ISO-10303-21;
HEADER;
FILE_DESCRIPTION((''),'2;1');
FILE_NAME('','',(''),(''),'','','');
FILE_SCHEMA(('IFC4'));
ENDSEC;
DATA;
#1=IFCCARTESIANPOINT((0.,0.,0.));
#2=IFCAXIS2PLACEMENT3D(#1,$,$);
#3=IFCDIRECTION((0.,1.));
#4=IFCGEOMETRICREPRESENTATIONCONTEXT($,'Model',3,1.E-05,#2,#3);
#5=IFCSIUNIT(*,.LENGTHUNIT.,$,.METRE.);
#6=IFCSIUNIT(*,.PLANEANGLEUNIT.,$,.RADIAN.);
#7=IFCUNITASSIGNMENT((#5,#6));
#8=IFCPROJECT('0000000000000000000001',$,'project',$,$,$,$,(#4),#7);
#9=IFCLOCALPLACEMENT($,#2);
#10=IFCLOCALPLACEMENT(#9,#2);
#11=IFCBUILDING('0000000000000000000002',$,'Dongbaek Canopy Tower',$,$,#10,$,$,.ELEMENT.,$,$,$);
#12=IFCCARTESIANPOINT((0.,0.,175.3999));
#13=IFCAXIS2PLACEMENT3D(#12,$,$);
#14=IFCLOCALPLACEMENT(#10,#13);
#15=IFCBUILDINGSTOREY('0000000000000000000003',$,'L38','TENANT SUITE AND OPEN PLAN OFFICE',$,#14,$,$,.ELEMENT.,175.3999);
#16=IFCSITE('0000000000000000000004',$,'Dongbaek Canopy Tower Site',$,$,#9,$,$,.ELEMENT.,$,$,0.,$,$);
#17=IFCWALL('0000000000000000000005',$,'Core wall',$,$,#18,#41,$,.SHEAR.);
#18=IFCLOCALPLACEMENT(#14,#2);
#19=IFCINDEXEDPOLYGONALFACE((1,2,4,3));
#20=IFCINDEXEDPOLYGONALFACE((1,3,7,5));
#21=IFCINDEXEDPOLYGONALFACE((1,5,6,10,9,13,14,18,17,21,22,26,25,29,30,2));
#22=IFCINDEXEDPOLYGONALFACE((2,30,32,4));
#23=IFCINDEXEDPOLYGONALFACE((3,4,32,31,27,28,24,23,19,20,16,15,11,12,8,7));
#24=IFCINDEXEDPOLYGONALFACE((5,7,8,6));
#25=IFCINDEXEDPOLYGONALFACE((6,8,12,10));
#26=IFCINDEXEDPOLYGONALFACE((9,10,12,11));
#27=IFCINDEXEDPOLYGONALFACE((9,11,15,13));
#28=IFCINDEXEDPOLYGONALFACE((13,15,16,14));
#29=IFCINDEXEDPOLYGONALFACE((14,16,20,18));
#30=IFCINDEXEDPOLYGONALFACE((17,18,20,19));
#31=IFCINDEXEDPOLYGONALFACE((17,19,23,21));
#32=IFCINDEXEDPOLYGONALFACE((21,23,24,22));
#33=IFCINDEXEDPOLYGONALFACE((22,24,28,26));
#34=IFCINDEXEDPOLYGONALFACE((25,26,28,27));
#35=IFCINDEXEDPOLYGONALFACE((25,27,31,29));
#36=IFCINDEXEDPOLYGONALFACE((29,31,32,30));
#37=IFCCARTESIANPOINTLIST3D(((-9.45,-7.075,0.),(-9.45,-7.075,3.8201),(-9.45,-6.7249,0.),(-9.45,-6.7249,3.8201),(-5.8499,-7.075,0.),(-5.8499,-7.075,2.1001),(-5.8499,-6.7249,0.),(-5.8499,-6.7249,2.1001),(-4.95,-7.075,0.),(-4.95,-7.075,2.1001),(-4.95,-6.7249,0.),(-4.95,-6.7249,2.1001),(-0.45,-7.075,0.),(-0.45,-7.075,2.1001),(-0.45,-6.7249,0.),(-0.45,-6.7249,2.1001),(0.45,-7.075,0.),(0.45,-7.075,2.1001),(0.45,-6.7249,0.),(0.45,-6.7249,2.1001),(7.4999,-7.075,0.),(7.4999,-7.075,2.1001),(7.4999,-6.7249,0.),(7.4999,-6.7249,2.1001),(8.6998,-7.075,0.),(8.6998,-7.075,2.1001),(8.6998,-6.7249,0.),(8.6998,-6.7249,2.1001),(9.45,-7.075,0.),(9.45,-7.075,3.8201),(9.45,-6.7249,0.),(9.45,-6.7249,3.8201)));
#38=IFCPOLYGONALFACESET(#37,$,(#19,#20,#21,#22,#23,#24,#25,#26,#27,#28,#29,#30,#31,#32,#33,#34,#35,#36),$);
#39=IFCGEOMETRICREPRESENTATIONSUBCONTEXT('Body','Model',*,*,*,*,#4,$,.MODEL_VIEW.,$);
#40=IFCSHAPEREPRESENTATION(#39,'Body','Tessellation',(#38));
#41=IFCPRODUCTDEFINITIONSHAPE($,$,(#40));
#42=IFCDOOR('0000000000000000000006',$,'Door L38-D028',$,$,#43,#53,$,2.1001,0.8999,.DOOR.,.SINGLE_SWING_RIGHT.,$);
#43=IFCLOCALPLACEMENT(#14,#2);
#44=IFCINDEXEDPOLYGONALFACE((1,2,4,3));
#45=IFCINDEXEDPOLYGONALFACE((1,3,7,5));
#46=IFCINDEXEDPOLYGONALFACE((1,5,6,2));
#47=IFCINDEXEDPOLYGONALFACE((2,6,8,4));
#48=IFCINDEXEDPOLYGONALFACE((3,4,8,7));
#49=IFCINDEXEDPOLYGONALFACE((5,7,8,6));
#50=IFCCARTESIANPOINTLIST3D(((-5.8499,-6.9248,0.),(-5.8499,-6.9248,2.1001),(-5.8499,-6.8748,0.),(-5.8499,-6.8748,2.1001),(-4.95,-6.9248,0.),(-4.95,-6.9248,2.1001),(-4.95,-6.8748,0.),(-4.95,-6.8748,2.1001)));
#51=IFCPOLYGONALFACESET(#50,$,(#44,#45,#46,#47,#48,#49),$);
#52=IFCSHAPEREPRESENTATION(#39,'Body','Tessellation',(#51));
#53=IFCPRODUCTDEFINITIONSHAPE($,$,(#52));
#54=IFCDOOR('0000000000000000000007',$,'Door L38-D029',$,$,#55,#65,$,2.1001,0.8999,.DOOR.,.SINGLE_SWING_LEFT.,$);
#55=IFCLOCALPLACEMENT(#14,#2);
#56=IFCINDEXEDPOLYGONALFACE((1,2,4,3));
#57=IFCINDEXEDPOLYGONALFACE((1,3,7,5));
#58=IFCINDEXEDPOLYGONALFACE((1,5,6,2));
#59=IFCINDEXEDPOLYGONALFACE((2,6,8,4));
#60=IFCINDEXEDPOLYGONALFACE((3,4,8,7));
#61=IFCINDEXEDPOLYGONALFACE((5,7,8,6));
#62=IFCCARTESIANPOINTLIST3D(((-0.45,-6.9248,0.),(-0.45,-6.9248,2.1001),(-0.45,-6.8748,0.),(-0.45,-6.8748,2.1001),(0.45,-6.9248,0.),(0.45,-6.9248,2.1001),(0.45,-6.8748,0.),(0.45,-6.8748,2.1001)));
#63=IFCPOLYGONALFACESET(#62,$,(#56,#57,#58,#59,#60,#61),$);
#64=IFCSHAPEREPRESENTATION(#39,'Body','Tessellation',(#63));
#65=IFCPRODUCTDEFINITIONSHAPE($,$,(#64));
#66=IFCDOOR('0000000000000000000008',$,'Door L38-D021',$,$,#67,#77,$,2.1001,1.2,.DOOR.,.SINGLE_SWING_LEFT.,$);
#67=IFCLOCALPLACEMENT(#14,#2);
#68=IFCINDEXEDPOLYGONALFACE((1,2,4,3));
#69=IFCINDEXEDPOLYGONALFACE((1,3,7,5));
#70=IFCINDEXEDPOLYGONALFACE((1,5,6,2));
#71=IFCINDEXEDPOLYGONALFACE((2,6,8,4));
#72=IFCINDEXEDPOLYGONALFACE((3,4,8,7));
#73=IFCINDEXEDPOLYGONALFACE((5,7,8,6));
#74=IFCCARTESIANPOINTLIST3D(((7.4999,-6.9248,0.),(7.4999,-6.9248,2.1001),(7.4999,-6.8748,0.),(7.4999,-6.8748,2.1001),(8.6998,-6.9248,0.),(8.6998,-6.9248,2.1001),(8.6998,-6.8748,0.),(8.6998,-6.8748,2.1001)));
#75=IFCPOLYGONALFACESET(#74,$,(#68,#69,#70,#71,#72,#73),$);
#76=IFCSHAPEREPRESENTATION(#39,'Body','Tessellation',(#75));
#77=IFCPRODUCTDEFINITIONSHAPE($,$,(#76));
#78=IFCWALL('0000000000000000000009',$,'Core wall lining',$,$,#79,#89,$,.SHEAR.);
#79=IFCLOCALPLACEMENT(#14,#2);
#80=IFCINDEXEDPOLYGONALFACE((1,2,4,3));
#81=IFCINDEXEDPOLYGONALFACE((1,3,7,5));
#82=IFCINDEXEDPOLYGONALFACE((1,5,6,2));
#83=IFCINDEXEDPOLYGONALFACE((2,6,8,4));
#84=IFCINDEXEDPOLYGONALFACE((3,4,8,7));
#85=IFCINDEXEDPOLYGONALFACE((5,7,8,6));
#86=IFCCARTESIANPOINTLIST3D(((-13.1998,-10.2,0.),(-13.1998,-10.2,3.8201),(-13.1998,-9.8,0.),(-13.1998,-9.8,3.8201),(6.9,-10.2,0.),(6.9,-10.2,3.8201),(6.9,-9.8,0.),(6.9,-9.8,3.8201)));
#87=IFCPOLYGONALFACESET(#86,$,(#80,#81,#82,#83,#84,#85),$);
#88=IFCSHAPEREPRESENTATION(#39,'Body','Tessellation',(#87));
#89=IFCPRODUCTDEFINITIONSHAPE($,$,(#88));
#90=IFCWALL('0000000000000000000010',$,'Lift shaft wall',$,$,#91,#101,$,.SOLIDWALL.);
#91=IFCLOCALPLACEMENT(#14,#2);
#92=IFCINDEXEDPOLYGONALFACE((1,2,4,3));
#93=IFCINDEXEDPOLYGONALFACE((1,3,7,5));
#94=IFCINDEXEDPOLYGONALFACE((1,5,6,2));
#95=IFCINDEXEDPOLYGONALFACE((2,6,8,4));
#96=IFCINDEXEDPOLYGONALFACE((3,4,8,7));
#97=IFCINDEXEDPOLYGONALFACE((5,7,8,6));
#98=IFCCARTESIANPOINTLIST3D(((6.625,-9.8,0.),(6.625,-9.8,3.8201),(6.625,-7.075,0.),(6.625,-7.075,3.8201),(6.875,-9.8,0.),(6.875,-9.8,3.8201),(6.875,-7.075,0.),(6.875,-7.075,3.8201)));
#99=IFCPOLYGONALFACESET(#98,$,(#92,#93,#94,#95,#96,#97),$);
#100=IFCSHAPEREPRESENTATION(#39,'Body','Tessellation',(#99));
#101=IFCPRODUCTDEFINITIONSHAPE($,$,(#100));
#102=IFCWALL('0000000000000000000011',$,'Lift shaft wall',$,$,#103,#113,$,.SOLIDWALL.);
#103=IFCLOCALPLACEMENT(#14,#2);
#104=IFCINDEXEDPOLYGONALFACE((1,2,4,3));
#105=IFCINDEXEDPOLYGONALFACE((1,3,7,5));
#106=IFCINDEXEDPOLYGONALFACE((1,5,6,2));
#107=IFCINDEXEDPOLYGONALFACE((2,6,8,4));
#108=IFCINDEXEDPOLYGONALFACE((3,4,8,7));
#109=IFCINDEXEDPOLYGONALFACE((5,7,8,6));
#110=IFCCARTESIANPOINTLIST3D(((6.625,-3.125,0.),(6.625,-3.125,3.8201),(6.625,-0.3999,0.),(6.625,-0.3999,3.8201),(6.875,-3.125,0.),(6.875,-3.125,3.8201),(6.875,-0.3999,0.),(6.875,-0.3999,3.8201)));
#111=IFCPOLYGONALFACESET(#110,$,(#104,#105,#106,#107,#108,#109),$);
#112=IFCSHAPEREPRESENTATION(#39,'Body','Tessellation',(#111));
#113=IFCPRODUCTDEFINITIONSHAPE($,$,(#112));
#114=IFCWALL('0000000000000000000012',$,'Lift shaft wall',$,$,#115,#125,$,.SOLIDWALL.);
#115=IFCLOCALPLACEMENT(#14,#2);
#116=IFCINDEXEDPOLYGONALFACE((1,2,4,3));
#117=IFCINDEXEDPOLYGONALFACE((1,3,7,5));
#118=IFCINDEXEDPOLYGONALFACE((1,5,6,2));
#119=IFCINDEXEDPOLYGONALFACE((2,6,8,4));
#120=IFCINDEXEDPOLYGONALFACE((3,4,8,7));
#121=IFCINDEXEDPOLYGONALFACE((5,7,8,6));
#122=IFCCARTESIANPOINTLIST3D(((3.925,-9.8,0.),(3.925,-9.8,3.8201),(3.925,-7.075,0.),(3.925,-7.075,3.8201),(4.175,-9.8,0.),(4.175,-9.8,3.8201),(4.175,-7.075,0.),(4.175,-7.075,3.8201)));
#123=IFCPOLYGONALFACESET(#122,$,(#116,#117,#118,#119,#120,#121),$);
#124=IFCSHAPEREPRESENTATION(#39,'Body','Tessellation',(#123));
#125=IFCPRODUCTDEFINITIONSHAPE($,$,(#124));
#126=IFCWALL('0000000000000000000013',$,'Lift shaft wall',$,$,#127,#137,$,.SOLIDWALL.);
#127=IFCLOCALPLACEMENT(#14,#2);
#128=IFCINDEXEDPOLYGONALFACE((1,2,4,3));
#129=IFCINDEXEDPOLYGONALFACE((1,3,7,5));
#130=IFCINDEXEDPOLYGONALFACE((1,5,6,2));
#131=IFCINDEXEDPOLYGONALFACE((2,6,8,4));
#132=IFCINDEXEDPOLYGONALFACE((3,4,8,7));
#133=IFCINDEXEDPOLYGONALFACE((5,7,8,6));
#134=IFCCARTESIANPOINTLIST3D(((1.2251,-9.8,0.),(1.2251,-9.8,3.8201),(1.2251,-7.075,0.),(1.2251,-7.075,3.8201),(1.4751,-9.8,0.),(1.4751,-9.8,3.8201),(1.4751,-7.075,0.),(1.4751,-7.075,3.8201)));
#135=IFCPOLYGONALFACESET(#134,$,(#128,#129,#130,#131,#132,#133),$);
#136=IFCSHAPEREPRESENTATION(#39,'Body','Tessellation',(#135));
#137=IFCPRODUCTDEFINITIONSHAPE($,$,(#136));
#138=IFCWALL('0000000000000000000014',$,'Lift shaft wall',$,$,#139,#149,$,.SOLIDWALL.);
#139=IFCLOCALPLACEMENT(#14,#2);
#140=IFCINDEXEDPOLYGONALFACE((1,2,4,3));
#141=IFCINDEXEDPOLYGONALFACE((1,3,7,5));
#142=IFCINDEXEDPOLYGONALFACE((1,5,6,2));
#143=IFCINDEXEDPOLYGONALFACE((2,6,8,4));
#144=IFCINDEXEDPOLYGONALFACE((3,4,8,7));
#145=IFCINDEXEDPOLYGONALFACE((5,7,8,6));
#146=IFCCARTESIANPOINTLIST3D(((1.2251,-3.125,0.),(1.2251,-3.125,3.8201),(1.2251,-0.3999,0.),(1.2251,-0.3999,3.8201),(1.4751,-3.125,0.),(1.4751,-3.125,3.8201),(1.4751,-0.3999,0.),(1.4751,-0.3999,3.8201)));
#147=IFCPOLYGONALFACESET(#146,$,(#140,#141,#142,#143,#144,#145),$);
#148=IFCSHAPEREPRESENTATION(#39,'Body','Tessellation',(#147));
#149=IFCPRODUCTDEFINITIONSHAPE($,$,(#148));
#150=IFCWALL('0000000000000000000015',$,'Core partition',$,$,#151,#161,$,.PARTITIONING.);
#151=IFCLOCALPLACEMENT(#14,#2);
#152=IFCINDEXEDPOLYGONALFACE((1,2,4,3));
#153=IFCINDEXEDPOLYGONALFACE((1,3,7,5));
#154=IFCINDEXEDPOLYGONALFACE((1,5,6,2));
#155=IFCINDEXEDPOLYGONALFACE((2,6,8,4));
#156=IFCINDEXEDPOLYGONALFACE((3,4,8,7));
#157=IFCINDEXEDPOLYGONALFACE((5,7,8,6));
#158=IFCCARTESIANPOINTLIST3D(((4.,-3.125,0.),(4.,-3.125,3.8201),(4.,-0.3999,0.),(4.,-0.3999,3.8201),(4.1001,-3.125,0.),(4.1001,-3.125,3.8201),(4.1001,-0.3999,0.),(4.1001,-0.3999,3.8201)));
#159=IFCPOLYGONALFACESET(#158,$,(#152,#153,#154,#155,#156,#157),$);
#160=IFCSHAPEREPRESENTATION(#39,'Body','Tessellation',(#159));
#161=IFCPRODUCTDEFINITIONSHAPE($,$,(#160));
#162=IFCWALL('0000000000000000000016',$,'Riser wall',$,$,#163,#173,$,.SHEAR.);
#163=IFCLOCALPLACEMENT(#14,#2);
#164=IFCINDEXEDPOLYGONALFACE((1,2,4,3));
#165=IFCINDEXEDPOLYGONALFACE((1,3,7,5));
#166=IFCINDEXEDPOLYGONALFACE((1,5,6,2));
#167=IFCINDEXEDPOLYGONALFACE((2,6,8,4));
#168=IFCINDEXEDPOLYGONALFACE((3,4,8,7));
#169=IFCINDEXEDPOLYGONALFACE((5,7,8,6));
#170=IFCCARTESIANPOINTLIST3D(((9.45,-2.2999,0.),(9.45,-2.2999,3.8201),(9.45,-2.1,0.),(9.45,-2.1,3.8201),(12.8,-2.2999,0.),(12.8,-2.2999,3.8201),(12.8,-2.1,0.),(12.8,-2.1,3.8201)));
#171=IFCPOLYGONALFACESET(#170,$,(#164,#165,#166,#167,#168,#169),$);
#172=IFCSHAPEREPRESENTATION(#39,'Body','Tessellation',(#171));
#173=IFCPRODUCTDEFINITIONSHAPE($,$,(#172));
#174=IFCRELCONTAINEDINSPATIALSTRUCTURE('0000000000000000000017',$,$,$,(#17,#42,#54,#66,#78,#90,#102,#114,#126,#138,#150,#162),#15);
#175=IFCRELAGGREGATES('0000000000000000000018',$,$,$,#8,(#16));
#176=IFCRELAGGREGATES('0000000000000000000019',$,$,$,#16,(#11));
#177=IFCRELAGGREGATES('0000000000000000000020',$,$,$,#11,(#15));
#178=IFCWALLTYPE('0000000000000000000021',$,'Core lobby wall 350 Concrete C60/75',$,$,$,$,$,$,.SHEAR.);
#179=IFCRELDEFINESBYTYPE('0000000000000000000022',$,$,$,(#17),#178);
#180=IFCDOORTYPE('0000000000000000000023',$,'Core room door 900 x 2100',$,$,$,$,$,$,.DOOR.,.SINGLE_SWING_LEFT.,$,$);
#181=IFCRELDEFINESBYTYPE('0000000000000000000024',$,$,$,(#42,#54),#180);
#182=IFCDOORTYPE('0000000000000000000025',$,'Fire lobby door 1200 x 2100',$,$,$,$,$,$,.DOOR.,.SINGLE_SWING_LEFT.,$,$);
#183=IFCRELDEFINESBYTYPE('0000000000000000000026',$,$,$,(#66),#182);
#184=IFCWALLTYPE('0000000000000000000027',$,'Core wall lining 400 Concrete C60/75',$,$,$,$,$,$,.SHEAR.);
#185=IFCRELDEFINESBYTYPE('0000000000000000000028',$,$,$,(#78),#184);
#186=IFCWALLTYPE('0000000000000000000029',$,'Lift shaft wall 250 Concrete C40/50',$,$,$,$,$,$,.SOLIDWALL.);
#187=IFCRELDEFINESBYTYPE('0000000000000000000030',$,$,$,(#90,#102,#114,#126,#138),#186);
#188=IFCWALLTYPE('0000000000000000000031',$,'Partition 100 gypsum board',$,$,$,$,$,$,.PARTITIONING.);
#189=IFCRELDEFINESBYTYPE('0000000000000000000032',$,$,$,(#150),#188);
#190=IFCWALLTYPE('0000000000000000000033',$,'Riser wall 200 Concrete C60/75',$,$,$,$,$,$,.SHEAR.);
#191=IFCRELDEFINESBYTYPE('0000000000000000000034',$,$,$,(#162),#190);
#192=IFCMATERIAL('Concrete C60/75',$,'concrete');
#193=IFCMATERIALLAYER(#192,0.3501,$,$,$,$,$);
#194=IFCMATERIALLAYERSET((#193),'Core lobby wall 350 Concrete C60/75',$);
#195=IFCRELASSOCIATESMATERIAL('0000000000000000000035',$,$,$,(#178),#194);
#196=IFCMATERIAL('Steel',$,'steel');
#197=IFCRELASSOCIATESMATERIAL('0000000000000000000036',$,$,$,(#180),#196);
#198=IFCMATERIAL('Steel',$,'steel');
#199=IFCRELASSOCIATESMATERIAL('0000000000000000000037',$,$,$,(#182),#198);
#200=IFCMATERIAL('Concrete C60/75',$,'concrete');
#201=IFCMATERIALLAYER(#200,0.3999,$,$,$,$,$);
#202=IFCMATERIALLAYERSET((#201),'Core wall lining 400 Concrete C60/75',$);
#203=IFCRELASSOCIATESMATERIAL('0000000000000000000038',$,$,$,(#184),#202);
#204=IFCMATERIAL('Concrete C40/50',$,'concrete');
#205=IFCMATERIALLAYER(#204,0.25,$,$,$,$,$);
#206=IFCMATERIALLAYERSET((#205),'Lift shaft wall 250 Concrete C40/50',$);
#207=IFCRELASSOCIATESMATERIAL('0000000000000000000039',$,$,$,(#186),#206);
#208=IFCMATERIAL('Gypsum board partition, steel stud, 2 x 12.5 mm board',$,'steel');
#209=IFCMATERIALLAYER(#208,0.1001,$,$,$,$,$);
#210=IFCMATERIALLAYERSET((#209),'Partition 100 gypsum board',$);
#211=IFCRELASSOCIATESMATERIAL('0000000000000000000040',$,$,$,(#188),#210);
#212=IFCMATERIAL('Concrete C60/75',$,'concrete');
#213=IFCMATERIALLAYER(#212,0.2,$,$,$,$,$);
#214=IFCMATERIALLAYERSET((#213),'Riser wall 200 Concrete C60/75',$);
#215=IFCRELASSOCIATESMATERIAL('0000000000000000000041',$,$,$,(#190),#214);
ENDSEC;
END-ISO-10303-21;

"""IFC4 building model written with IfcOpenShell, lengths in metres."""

from ifc_helpers import new_model, si_unit, direction, frame, frame_2d, origin, place, context, subcontext, project, spatial, rectangle, extrude, material, layer, layer_set, type_object, element, fill, save


model = new_model("IFC4")

# Units and contexts
model_context = context("Model", 3, precision=1e-05, world=origin(), true_north=direction((0.0, 1.0)))
body_context = subcontext(model_context, "Body", "Model", "MODEL_VIEW")
ifc_project = project(units=[si_unit("LENGTHUNIT", "METRE"), si_unit("PLANEANGLEUNIT", "RADIAN")], contexts=[model_context])

# Site, building, storey
site_placement = place(None, origin())
site = spatial("IfcSite", under=ifc_project, at=site_placement, Name="Dongbaek Canopy Tower Site", CompositionType="ELEMENT", RefElevation=0.0)
building_placement = place(site_placement, origin())
building = spatial("IfcBuilding", under=site, at=building_placement, Name="Dongbaek Canopy Tower", CompositionType="ELEMENT")
storey_placement = place(building_placement, frame((0.0, 0.0, 175.3999)))
storey = spatial("IfcBuildingStorey", under=building, at=storey_placement, Name="L38", Description="TENANT SUITE AND OPEN PLAN OFFICE", CompositionType="ELEMENT", Elevation=175.3999)

# Wall, openings, doors
ifc_material_1 = material(Name="Concrete C60/75", Category="concrete")
ifc_layer_1 = layer(ifc_material_1, 0.3501)
ifc_layer_set_1 = layer_set([ifc_layer_1], Name="Core lobby wall 350 Concrete C60/75")
wall_type_1 = type_object("IfcWallType", Name="Core lobby wall 350 Concrete C60/75", PredefinedType="SHEAR", material=ifc_layer_set_1)
wall_1_placement = place(storey_placement, frame((9.45, -6.8999, 0.0), z_axis=(0.0, 0.0, 1.0), x_axis=(-1.0, 0.0, 0.0)))
wall_1 = element("IfcWall", 1, at=wall_1_placement, inside=storey, type_object=wall_type_1, Name="Core wall", PredefinedType="SHEAR", context=body_context, shape_type="SweptSolid", body=[
    extrude(rectangle(XDim=18.8999, YDim=0.3501, at=frame_2d((9.45, 0.0))), origin(), (0.0, 0.0, 1.0), 3.8201),
])
opening_1_placement = place(wall_1_placement, frame((0.75, 0.0, 0.0)))
opening_1 = element("IfcOpeningElement", 2, at=opening_1_placement, cuts=wall_1, PredefinedType="OPENING", context=body_context, shape_type="SweptSolid", body=[
    extrude(rectangle(XDim=1.2, YDim=2.1001, at=frame_2d((0.6001, 1.05))), frame((0.0, 0.1851, 0.0), z_axis=(0.0, -1.0, 0.0), x_axis=(1.0, 0.0, 0.0)), (0.0, 0.0, 1.0), 0.3701),
])
opening_2_placement = place(wall_1_placement, frame((14.3999, 0.0, 0.0)))
opening_2 = element("IfcOpeningElement", 3, at=opening_2_placement, cuts=wall_1, PredefinedType="OPENING", context=body_context, shape_type="SweptSolid", body=[
    extrude(rectangle(XDim=0.8999, YDim=2.1001, at=frame_2d((0.45, 1.05))), frame((0.0, 0.1851, 0.0), z_axis=(0.0, -1.0, 0.0), x_axis=(1.0, 0.0, 0.0)), (0.0, 0.0, 1.0), 0.3701),
])
opening_3_placement = place(wall_1_placement, frame((9.0, 0.0, 0.0)))
opening_3 = element("IfcOpeningElement", 4, at=opening_3_placement, cuts=wall_1, PredefinedType="OPENING", context=body_context, shape_type="SweptSolid", body=[
    extrude(rectangle(XDim=0.8999, YDim=2.1001, at=frame_2d((0.45, 1.05))), frame((0.0, 0.1851, 0.0), z_axis=(0.0, -1.0, 0.0), x_axis=(1.0, 0.0, 0.0)), (0.0, 0.0, 1.0), 0.3701),
])
ifc_material_2 = material(Name="Steel", Category="steel")
door_type_1 = type_object("IfcDoorType", Name="Core room door 900 x 2100", OperationType="SINGLE_SWING_LEFT", PredefinedType="DOOR", material=ifc_material_2)
door_1_placement = place(opening_2_placement, origin())
door_1 = element("IfcDoor", 5, at=door_1_placement, inside=storey, type_object=door_type_1, Name="Door L38-D028", OperationType="SINGLE_SWING_RIGHT", OverallHeight=2.1001, OverallWidth=0.8999, PredefinedType="DOOR", context=body_context, shape_type="SweptSolid", body=[
    extrude(rectangle(XDim=0.8999, YDim=2.1001, at=frame_2d((0.45, 1.05))), frame((0.0, 0.0249, 0.0), z_axis=(0.0, -1.0, 0.0), x_axis=(1.0, 0.0, 0.0)), (0.0, 0.0, 1.0), 0.05),
])
fill(opening_2, door_1)
door_2_placement = place(opening_3_placement, origin())
door_2 = element("IfcDoor", 6, at=door_2_placement, inside=storey, type_object=door_type_1, Name="Door L38-D029", OperationType="SINGLE_SWING_LEFT", OverallHeight=2.1001, OverallWidth=0.8999, PredefinedType="DOOR", context=body_context, shape_type="SweptSolid", body=[
    extrude(rectangle(XDim=0.8999, YDim=2.1001, at=frame_2d((0.45, 1.05))), frame((0.0, 0.0249, 0.0), z_axis=(0.0, -1.0, 0.0), x_axis=(1.0, 0.0, 0.0)), (0.0, 0.0, 1.0), 0.05),
])
fill(opening_3, door_2)
ifc_material_3 = material(Name="Steel", Category="steel")
door_type_2 = type_object("IfcDoorType", Name="Fire lobby door 1200 x 2100", OperationType="SINGLE_SWING_LEFT", PredefinedType="DOOR", material=ifc_material_3)
door_3_placement = place(opening_1_placement, origin())
door_3 = element("IfcDoor", 7, at=door_3_placement, inside=storey, type_object=door_type_2, Name="Door L38-D021", OperationType="SINGLE_SWING_LEFT", OverallHeight=2.1001, OverallWidth=1.2, PredefinedType="DOOR", context=body_context, shape_type="SweptSolid", body=[
    extrude(rectangle(XDim=1.2, YDim=2.1001, at=frame_2d((0.6001, 1.05))), frame((0.0, 0.0249, 0.0), z_axis=(0.0, -1.0, 0.0), x_axis=(1.0, 0.0, 0.0)), (0.0, 0.0, 1.0), 0.05),
])
fill(opening_1, door_3)

# Walls
ifc_material_4 = material(Name="Concrete C60/75", Category="concrete")
ifc_layer_2 = layer(ifc_material_4, 0.3999)
ifc_layer_set_2 = layer_set([ifc_layer_2], Name="Core wall lining 400 Concrete C60/75")
wall_type_2 = type_object("IfcWallType", Name="Core wall lining 400 Concrete C60/75", PredefinedType="SHEAR", material=ifc_layer_set_2)
wall_2_placement = place(storey_placement, frame((6.8999, -10.0, 0.0), z_axis=(0.0, 0.0, 1.0), x_axis=(-1.0, 0.0, 0.0)))
element("IfcWall", 8, at=wall_2_placement, inside=storey, type_object=wall_type_2, Name="Core wall lining", PredefinedType="SHEAR", context=body_context, shape_type="SweptSolid", body=[
    extrude(rectangle(XDim=20.0999, YDim=0.3999, at=frame_2d((10.0498, 0.0))), origin(), (0.0, 0.0, 1.0), 3.8201),
])
ifc_material_5 = material(Name="Concrete C40/50", Category="concrete")
ifc_layer_3 = layer(ifc_material_5, 0.25)
ifc_layer_set_3 = layer_set([ifc_layer_3], Name="Lift shaft wall 250 Concrete C40/50")
wall_type_3 = type_object("IfcWallType", Name="Lift shaft wall 250 Concrete C40/50", PredefinedType="SOLIDWALL", material=ifc_layer_set_3)
for number, where, z_axis, x_axis, name in (
    (9, (6.75, -9.8, 0.0), (0.0, 0.0, 1.0), (0.0, 1.0, 0.0), "Lift shaft wall"),
    (10, (6.75, -3.125, 0.0), (0.0, 0.0, 1.0), (0.0, 1.0, 0.0), "Lift shaft wall"),
    (11, (4.05, -9.8, 0.0), (0.0, 0.0, 1.0), (0.0, 1.0, 0.0), "Lift shaft wall"),
    (12, (1.3501, -9.8, 0.0), (0.0, 0.0, 1.0), (0.0, 1.0, 0.0), "Lift shaft wall"),
    (13, (1.3501, -3.125, 0.0), (0.0, 0.0, 1.0), (0.0, 1.0, 0.0), "Lift shaft wall"),
):
    element("IfcWall", number, at=place(storey_placement, frame(where, z_axis=z_axis, x_axis=x_axis)), inside=storey, type_object=wall_type_3, Name=name, PredefinedType="SOLIDWALL", context=body_context, shape_type="SweptSolid", body=[
        extrude(rectangle(XDim=2.7251, YDim=0.25, at=frame_2d((1.3625, 0.0))), origin(), (0.0, 0.0, 1.0), 3.8201),
    ])
ifc_material_6 = material(Name="Gypsum board partition, steel stud, 2 x 12.5 mm board", Category="steel")
ifc_layer_4 = layer(ifc_material_6, 0.1001)
ifc_layer_set_4 = layer_set([ifc_layer_4], Name="Partition 100 gypsum board")
wall_type_4 = type_object("IfcWallType", Name="Partition 100 gypsum board", PredefinedType="PARTITIONING", material=ifc_layer_set_4)
wall_3_placement = place(storey_placement, frame((4.05, -3.125, 0.0), z_axis=(0.0, 0.0, 1.0), x_axis=(0.0, 1.0, 0.0)))
element("IfcWall", 14, at=wall_3_placement, inside=storey, type_object=wall_type_4, Name="Core partition", PredefinedType="PARTITIONING", context=body_context, shape_type="SweptSolid", body=[
    extrude(rectangle(XDim=2.7251, YDim=0.1001, at=frame_2d((1.3625, 0.0))), origin(), (0.0, 0.0, 1.0), 3.8201),
])
ifc_material_7 = material(Name="Concrete C60/75", Category="concrete")
ifc_layer_5 = layer(ifc_material_7, 0.2)
ifc_layer_set_5 = layer_set([ifc_layer_5], Name="Riser wall 200 Concrete C60/75")
wall_type_5 = type_object("IfcWallType", Name="Riser wall 200 Concrete C60/75", PredefinedType="SHEAR", material=ifc_layer_set_5)
wall_4_placement = place(storey_placement, frame((9.45, -2.2, 0.0), z_axis=(0.0, 0.0, 1.0), x_axis=(1.0, 0.0, 0.0)))
element("IfcWall", 15, at=wall_4_placement, inside=storey, type_object=wall_type_5, Name="Riser wall", PredefinedType="SHEAR", context=body_context, shape_type="SweptSolid", body=[
    extrude(rectangle(XDim=3.3501, YDim=0.2, at=frame_2d((1.675, 0.0))), origin(), (0.0, 0.0, 1.0), 3.8201),
])

save(model, "model.ifc")
